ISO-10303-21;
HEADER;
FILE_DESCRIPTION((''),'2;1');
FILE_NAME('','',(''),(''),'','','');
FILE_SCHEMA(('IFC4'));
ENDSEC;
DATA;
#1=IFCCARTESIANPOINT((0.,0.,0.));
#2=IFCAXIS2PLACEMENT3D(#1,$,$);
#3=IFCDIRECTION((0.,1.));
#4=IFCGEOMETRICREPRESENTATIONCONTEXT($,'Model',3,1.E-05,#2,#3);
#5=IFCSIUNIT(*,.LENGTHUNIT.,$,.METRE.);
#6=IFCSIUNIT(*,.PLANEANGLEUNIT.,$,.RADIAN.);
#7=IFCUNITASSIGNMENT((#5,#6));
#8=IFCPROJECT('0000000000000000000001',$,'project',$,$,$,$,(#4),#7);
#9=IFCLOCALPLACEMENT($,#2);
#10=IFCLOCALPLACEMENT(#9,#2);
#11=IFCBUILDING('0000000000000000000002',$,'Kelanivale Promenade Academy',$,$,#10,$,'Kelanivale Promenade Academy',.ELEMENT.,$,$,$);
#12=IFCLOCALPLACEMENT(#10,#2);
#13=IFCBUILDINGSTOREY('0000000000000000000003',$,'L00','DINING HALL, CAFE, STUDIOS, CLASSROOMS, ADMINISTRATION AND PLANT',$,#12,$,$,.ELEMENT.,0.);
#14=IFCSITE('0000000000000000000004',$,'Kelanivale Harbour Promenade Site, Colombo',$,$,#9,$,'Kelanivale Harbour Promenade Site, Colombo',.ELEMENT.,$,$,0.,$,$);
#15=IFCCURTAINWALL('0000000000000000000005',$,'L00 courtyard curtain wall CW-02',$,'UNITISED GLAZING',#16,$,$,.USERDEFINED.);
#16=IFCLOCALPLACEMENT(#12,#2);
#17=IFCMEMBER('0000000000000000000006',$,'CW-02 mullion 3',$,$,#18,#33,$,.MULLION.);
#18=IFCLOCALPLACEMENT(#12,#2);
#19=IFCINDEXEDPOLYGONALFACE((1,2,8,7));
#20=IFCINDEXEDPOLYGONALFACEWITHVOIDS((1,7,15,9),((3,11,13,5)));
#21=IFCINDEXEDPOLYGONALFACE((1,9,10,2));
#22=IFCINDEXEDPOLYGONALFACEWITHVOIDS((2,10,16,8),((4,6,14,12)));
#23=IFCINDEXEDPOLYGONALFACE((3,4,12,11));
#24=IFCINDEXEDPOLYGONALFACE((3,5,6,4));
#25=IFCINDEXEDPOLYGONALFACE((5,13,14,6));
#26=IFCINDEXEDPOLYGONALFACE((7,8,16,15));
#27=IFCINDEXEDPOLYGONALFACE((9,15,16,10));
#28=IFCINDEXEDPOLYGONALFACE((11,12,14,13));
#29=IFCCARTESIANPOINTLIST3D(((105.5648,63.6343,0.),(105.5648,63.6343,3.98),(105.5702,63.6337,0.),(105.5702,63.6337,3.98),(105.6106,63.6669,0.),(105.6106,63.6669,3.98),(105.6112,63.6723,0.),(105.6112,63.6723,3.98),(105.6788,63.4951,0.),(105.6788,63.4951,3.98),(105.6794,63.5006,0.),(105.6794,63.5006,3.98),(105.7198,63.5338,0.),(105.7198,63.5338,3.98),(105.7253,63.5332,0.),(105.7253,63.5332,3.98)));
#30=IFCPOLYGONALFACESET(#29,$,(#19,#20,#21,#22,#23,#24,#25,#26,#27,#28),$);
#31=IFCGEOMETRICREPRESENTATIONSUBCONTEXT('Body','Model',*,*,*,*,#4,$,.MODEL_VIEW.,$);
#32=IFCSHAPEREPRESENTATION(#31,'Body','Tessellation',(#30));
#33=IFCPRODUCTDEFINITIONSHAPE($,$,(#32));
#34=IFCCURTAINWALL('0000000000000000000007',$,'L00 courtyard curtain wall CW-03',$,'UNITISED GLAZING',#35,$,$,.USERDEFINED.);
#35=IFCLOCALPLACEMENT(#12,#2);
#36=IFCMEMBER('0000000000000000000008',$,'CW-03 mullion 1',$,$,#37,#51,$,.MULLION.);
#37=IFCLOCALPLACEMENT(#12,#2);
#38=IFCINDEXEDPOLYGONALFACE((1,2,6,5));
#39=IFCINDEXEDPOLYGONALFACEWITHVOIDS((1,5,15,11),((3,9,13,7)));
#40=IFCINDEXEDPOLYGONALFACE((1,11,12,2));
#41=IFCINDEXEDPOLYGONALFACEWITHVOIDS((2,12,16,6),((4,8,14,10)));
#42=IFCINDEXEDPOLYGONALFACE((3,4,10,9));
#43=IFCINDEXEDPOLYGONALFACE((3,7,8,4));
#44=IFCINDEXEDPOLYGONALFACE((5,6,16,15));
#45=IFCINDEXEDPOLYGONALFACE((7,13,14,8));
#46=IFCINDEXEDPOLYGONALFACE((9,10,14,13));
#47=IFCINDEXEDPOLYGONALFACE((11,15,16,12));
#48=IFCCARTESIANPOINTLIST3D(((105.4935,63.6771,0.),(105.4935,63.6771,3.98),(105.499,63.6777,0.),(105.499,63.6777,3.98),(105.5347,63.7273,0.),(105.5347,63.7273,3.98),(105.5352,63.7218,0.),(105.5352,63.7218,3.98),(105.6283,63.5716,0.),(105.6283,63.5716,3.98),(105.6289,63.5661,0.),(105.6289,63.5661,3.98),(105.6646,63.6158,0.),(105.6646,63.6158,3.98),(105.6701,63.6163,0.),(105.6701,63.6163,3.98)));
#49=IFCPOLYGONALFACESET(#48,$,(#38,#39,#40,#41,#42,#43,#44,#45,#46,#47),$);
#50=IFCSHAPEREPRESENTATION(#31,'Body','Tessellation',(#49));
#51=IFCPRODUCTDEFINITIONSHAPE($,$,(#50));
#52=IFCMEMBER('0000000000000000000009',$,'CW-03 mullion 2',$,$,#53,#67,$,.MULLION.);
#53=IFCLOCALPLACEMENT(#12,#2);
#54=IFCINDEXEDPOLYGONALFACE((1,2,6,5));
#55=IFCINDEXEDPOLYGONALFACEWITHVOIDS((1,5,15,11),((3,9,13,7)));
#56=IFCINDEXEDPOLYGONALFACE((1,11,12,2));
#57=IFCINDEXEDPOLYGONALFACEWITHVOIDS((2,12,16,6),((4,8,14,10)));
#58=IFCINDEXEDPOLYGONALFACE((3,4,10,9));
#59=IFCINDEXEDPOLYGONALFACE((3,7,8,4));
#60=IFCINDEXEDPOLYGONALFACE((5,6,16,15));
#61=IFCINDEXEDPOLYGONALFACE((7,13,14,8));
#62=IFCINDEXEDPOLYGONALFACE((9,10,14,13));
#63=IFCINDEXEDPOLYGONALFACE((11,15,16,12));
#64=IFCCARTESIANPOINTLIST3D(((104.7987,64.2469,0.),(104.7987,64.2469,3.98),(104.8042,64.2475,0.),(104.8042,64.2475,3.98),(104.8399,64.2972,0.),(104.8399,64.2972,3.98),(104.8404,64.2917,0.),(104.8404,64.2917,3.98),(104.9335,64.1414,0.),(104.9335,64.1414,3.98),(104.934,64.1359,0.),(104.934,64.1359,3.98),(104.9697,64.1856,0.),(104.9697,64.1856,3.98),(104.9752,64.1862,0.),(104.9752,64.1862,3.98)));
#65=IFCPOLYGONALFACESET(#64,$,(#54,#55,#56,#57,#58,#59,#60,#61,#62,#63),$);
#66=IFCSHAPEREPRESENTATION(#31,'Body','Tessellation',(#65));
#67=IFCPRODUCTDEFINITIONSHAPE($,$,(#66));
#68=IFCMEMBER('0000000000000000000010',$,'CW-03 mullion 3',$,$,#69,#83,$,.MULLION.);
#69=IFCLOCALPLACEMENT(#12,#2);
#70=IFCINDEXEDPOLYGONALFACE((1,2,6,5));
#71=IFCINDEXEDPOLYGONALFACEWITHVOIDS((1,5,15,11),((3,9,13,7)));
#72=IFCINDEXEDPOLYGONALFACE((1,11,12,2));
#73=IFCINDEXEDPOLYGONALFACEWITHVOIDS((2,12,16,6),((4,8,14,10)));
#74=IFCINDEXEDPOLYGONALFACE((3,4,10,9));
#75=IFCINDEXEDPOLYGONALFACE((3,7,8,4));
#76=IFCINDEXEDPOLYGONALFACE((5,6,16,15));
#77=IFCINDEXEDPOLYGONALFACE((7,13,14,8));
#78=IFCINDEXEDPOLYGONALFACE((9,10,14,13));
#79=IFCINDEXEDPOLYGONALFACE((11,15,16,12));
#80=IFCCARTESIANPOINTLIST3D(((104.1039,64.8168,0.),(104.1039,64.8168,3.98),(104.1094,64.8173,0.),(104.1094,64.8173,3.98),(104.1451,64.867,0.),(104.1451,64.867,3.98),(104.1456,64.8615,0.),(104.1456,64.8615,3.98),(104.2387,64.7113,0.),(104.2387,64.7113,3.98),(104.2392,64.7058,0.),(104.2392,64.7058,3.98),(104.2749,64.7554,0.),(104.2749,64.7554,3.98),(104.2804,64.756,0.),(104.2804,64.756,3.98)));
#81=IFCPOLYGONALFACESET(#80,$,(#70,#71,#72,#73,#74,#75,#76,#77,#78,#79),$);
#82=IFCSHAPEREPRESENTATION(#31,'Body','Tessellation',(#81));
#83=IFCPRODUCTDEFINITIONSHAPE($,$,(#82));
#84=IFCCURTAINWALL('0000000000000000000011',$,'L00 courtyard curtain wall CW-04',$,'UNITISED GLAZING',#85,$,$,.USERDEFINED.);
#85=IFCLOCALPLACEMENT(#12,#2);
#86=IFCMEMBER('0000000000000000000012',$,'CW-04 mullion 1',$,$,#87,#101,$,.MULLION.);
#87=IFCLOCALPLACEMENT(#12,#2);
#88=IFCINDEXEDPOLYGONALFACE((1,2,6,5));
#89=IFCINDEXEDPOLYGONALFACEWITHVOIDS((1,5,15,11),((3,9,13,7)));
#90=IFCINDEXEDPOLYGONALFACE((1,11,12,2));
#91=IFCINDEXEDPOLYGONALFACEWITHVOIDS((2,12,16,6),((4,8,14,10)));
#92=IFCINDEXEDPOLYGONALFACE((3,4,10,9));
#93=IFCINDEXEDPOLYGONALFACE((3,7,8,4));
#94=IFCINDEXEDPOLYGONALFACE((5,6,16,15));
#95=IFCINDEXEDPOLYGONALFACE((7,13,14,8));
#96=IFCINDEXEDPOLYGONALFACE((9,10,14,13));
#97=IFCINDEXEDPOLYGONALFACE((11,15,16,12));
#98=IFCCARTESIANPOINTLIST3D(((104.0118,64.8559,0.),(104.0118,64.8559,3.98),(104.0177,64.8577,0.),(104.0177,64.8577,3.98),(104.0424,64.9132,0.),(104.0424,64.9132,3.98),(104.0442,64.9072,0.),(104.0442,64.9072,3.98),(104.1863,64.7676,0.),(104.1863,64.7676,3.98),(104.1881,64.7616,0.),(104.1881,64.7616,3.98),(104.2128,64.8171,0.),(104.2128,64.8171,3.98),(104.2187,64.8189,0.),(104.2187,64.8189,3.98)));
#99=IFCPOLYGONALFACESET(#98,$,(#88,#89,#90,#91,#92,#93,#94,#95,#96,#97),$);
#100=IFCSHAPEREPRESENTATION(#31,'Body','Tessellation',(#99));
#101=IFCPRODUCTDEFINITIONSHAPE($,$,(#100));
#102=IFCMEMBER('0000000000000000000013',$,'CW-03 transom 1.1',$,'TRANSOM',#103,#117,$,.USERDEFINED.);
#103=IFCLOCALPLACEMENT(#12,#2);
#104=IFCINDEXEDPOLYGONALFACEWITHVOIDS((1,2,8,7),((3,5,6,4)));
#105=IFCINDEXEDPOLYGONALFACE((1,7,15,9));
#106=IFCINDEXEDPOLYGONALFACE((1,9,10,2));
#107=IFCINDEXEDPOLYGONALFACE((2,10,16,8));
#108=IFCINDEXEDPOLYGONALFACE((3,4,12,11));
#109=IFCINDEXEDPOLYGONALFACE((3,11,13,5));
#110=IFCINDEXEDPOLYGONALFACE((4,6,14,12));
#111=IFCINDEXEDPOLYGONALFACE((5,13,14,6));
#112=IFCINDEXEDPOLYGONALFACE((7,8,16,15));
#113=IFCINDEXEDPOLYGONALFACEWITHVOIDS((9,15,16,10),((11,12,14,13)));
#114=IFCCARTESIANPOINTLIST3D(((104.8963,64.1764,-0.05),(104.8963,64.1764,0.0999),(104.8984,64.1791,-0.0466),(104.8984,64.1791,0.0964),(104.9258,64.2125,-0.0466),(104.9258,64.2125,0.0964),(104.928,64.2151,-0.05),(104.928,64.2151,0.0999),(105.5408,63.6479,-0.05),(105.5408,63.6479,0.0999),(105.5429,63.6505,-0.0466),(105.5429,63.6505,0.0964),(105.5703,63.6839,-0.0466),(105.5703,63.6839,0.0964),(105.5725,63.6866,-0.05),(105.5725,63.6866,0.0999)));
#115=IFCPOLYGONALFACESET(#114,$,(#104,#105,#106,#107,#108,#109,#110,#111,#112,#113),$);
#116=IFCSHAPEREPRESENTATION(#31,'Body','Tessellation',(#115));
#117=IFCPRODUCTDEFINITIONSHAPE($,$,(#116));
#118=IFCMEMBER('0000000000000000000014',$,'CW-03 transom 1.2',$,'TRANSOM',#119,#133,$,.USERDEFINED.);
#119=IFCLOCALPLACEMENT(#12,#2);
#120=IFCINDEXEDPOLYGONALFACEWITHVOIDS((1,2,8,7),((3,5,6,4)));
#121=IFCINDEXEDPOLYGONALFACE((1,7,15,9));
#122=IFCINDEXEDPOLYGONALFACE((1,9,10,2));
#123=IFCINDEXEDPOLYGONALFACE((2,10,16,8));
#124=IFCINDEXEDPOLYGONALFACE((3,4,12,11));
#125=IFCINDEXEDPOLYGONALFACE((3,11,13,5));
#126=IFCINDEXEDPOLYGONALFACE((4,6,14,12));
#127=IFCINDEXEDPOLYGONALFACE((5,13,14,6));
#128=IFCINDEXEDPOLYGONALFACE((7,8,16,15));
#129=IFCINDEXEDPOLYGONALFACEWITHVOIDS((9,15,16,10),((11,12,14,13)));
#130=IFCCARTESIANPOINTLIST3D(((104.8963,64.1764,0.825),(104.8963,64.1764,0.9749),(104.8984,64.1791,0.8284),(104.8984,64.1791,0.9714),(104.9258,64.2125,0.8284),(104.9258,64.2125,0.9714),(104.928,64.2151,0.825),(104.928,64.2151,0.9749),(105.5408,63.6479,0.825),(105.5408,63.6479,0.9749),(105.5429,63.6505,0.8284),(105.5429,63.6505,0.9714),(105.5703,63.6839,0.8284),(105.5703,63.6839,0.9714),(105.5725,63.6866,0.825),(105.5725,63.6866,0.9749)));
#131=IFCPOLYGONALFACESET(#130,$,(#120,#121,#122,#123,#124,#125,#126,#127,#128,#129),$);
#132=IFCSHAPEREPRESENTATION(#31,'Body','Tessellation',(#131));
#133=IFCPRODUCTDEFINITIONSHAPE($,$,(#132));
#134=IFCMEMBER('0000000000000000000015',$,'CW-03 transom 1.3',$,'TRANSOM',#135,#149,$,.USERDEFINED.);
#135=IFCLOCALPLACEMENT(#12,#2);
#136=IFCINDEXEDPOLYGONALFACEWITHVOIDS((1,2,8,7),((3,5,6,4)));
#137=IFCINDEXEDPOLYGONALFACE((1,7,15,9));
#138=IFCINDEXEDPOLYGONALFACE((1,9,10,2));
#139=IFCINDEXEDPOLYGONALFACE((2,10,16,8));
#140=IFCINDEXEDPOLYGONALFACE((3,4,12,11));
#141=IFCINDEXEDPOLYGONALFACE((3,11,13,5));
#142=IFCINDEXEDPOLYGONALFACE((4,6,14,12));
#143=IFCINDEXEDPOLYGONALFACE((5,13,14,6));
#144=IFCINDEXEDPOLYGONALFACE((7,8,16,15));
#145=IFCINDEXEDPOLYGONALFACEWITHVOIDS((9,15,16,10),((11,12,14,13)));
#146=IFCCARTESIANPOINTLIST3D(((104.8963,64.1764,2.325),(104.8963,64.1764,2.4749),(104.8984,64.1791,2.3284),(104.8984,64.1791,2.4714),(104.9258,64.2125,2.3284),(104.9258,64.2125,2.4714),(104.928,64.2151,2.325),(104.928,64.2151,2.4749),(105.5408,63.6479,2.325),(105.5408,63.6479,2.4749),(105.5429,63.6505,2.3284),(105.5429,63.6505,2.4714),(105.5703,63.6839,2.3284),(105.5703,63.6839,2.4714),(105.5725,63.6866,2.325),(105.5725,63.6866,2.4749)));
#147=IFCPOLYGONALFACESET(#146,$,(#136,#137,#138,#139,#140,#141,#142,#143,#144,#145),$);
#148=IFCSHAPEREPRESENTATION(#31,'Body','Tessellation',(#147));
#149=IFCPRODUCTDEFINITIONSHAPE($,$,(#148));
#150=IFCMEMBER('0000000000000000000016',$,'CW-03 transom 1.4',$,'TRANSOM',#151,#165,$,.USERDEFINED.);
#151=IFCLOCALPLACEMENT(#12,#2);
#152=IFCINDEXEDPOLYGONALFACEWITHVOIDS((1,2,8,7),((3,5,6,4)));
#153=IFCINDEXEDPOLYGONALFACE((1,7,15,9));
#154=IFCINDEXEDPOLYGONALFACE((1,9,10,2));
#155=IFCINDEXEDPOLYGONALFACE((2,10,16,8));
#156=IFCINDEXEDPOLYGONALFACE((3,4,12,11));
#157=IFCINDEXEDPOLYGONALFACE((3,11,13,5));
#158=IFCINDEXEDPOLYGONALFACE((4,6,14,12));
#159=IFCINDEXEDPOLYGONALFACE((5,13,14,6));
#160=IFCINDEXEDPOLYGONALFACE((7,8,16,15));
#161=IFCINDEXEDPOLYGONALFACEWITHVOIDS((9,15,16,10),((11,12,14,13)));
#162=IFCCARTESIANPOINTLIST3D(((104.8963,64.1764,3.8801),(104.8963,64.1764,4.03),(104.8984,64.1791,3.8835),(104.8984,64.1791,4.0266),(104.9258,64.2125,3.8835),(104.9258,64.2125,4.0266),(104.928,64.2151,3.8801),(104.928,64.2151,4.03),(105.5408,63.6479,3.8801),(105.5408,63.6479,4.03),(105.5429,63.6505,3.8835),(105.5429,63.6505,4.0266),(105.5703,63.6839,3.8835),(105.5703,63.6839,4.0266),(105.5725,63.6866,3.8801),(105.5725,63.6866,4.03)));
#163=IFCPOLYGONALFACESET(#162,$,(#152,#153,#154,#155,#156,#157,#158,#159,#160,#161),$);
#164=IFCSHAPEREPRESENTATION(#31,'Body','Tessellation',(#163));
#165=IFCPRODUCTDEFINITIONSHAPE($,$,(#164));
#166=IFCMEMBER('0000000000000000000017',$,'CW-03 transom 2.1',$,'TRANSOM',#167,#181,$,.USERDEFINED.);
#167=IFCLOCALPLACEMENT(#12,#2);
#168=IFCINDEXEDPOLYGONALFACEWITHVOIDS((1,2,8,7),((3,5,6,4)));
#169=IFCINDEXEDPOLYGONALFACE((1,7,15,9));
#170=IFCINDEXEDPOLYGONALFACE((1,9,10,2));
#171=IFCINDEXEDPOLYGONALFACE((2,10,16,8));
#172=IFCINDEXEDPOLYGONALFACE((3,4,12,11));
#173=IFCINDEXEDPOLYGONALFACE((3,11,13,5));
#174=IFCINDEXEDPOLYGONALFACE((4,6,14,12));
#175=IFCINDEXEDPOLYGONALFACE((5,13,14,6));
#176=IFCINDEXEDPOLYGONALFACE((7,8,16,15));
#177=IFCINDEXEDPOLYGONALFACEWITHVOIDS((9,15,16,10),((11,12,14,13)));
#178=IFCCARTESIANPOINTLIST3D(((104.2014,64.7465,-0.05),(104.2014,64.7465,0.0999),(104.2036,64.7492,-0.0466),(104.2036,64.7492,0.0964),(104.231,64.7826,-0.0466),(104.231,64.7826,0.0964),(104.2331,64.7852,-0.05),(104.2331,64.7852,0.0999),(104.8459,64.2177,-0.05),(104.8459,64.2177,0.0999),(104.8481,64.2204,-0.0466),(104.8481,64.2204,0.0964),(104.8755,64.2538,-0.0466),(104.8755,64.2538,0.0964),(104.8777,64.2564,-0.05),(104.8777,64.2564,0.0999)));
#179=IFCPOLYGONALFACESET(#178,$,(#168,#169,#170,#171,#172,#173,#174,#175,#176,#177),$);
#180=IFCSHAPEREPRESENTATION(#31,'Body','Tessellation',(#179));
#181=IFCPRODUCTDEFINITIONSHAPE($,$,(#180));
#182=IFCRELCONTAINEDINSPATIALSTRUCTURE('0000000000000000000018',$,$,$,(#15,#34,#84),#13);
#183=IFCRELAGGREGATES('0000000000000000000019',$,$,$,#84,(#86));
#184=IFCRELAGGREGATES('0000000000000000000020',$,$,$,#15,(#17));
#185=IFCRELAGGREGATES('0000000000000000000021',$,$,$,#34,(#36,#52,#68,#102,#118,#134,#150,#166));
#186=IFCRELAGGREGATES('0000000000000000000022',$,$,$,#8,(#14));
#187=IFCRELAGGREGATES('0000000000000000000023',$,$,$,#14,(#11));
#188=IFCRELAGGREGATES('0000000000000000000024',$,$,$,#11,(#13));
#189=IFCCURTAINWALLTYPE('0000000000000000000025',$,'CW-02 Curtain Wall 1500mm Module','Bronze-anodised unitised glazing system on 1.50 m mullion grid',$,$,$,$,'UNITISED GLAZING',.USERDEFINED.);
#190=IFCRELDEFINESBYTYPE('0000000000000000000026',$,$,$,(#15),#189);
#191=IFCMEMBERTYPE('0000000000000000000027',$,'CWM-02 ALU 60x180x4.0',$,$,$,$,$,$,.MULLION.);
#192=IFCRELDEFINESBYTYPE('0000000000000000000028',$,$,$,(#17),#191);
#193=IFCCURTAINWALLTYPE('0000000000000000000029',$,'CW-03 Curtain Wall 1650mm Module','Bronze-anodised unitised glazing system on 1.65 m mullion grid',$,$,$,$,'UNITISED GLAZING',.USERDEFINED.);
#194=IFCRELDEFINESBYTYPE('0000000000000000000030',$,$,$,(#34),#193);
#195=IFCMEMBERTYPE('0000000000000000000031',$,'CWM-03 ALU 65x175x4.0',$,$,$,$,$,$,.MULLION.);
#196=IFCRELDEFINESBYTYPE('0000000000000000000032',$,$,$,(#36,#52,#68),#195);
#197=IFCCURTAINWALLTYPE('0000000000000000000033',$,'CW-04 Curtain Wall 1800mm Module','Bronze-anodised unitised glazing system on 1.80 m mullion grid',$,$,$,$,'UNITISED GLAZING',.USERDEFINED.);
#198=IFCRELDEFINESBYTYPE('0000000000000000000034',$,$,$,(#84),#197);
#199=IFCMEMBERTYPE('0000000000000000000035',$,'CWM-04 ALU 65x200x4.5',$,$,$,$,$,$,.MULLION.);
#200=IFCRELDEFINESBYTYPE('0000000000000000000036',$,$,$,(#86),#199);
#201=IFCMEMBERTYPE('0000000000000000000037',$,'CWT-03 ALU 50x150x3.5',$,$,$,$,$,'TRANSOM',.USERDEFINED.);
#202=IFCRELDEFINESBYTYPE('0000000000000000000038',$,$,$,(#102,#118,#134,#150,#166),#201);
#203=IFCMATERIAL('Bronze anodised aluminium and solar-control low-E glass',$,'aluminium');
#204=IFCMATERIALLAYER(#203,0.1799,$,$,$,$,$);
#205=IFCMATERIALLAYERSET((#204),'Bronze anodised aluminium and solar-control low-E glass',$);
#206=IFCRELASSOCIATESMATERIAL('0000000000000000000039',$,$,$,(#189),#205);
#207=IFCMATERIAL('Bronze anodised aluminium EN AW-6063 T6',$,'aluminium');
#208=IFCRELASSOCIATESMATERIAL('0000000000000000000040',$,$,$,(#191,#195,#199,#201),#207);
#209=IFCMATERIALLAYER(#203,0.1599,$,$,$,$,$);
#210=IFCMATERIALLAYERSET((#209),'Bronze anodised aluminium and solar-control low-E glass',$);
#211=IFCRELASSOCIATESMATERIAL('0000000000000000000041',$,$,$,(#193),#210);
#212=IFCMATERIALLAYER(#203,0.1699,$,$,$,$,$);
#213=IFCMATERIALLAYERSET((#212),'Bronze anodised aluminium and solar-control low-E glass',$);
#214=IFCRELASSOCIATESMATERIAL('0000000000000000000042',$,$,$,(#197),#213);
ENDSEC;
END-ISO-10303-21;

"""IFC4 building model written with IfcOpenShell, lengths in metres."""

from ifc_helpers import new_model, si_unit, direction, frame, origin, origin_2d, place, context, subcontext, project, spatial, hollow_rectangle, extrude, material, layer, layer_set, material_profile, profile_set, type_object, element, aggregate, save


model = new_model("IFC4")

# Units and contexts
model_context = context("Model", 3, precision=1e-05, world=origin(), true_north=direction((0.0, 1.0)))
body_context = subcontext(model_context, "Body", "Model", "MODEL_VIEW")
ifc_project = project(units=[si_unit("LENGTHUNIT", "METRE"), si_unit("PLANEANGLEUNIT", "RADIAN")], contexts=[model_context])

# Site, building, storey
site_placement = place(None, origin())
site = spatial("IfcSite", under=ifc_project, at=site_placement, Name="Kelanivale Harbour Promenade Site, Colombo", LongName="Kelanivale Harbour Promenade Site, Colombo", CompositionType="ELEMENT", RefElevation=0.0)
building_placement = place(site_placement, origin())
building = spatial("IfcBuilding", under=site, at=building_placement, Name="Kelanivale Promenade Academy", LongName="Kelanivale Promenade Academy", CompositionType="ELEMENT")
storey_placement = place(building_placement, origin())
storey = spatial("IfcBuildingStorey", under=building, at=storey_placement, Name="L00", Description="DINING HALL, CAFE, STUDIOS, CLASSROOMS, ADMINISTRATION AND PLANT", CompositionType="ELEMENT", Elevation=0.0)

# Curtain wall, member
ifc_material_1 = material(Name="Bronze anodised aluminium and solar-control low-E glass", Category="aluminium")
ifc_layer_1 = layer(ifc_material_1, 0.1799)
ifc_layer_set_1 = layer_set([ifc_layer_1], Name="Bronze anodised aluminium and solar-control low-E glass")
curtain_wall_type_1 = type_object("IfcCurtainWallType", Name="CW-02 Curtain Wall 1500mm Module", Description="Bronze-anodised unitised glazing system on 1.50 m mullion grid", ElementType="UNITISED GLAZING", PredefinedType="USERDEFINED", material=ifc_layer_set_1)
curtain_wall_1_placement = place(storey_placement, origin())
curtain_wall_1 = element("IfcCurtainWall", 1, at=curtain_wall_1_placement, inside=storey, type_object=curtain_wall_type_1, Name="L00 courtyard curtain wall CW-02", ObjectType="UNITISED GLAZING", PredefinedType="USERDEFINED")
ifc_material_2 = material(Name="Bronze anodised aluminium EN AW-6063 T6", Category="aluminium")
ifc_material_profile_1 = material_profile(ifc_material_2, hollow_rectangle(XDim=0.0601, YDim=0.1799, WallThickness=0.0039, at=origin_2d()), Name="ALU 60x180x4.0")
ifc_profile_set_1 = profile_set([ifc_material_profile_1], Name="Bronze anodised aluminium EN AW-6063 T6")
member_type_1 = type_object("IfcMemberType", Name="CWM-02 ALU 60x180x4.0", PredefinedType="MULLION", material=ifc_profile_set_1)
member_1_placement = place(storey_placement, frame((105.645, 63.5837, 0.0), z_axis=(0.0, 0.0, 1.0), x_axis=(-0.773257, -0.634093, 0.0)))
member_1 = element("IfcMember", 2, at=member_1_placement, type_object=member_type_1, Name="CW-02 mullion 3", PredefinedType="MULLION", context=body_context, shape_type="SweptSolid", body=[
    extrude(hollow_rectangle(XDim=0.0601, YDim=0.1799, WallThickness=0.0039, at=origin_2d()), origin(), (0.0, 0.0, 1.0), 3.98),
])

# Curtain wall, members
ifc_layer_2 = layer(ifc_material_1, 0.1599)
ifc_layer_set_2 = layer_set([ifc_layer_2], Name="Bronze anodised aluminium and solar-control low-E glass")
curtain_wall_type_2 = type_object("IfcCurtainWallType", Name="CW-03 Curtain Wall 1650mm Module", Description="Bronze-anodised unitised glazing system on 1.65 m mullion grid", ElementType="UNITISED GLAZING", PredefinedType="USERDEFINED", material=ifc_layer_set_2)
curtain_wall_2_placement = place(storey_placement, origin())
curtain_wall_2 = element("IfcCurtainWall", 3, at=curtain_wall_2_placement, inside=storey, type_object=curtain_wall_type_2, Name="L00 courtyard curtain wall CW-03", ObjectType="UNITISED GLAZING", PredefinedType="USERDEFINED")
ifc_material_profile_2 = material_profile(ifc_material_2, hollow_rectangle(XDim=0.0649, YDim=0.175, WallThickness=0.0039, at=origin_2d()), Name="ALU 65x175x4.0")
ifc_profile_set_2 = profile_set([ifc_material_profile_2], Name="Bronze anodised aluminium EN AW-6063 T6")
member_type_2 = type_object("IfcMemberType", Name="CWM-03 ALU 65x175x4.0", PredefinedType="MULLION", material=ifc_profile_set_2)
member_2_placement = place(storey_placement, frame((105.5818, 63.6467, 0.0), z_axis=(0.0, 0.0, 1.0), x_axis=(-0.634144, -0.773215, 0.0)))
member_2 = element("IfcMember", 4, at=member_2_placement, type_object=member_type_2, Name="CW-03 mullion 1", PredefinedType="MULLION", context=body_context, shape_type="SweptSolid", body=[
    extrude(hollow_rectangle(XDim=0.0649, YDim=0.175, WallThickness=0.0039, at=origin_2d()), origin(), (0.0, 0.0, 1.0), 3.98),
])
member_3_placement = place(storey_placement, frame((104.887, 64.2166, 0.0), z_axis=(0.0, 0.0, 1.0), x_axis=(-0.634144, -0.773215, 0.0)))
member_3 = element("IfcMember", 5, at=member_3_placement, type_object=member_type_2, Name="CW-03 mullion 2", PredefinedType="MULLION", context=body_context, shape_type="SweptSolid", body=[
    extrude(hollow_rectangle(XDim=0.0649, YDim=0.175, WallThickness=0.0039, at=origin_2d()), origin(), (0.0, 0.0, 1.0), 3.98),
])
member_4_placement = place(storey_placement, frame((104.1921, 64.7864, 0.0), z_axis=(0.0, 0.0, 1.0), x_axis=(-0.634144, -0.773215, 0.0)))
member_4 = element("IfcMember", 6, at=member_4_placement, type_object=member_type_2, Name="CW-03 mullion 3", PredefinedType="MULLION", context=body_context, shape_type="SweptSolid", body=[
    extrude(hollow_rectangle(XDim=0.0649, YDim=0.175, WallThickness=0.0039, at=origin_2d()), origin(), (0.0, 0.0, 1.0), 3.98),
])

# Curtain wall, member
ifc_layer_3 = layer(ifc_material_1, 0.1699)
ifc_layer_set_3 = layer_set([ifc_layer_3], Name="Bronze anodised aluminium and solar-control low-E glass")
curtain_wall_type_3 = type_object("IfcCurtainWallType", Name="CW-04 Curtain Wall 1800mm Module", Description="Bronze-anodised unitised glazing system on 1.80 m mullion grid", ElementType="UNITISED GLAZING", PredefinedType="USERDEFINED", material=ifc_layer_set_3)
curtain_wall_3_placement = place(storey_placement, origin())
curtain_wall_3 = element("IfcCurtainWall", 7, at=curtain_wall_3_placement, inside=storey, type_object=curtain_wall_type_3, Name="L00 courtyard curtain wall CW-04", ObjectType="UNITISED GLAZING", PredefinedType="USERDEFINED")
ifc_material_profile_3 = material_profile(ifc_material_2, hollow_rectangle(XDim=0.0649, YDim=0.2, WallThickness=0.0044, at=origin_2d()), Name="ALU 65x200x4.5")
ifc_profile_set_3 = profile_set([ifc_material_profile_3], Name="Bronze anodised aluminium EN AW-6063 T6")
member_type_3 = type_object("IfcMemberType", Name="CWM-04 ALU 65x200x4.5", PredefinedType="MULLION", material=ifc_profile_set_3)
member_5_placement = place(storey_placement, frame((104.1152, 64.8374, 0.0), z_axis=(0.0, 0.0, 1.0), x_axis=(-0.47129, -0.881978, 0.0)))
member_5 = element("IfcMember", 8, at=member_5_placement, type_object=member_type_3, Name="CW-04 mullion 1", PredefinedType="MULLION", context=body_context, shape_type="SweptSolid", body=[
    extrude(hollow_rectangle(XDim=0.0649, YDim=0.2, WallThickness=0.0044, at=origin_2d()), origin(), (0.0, 0.0, 1.0), 3.98),
])
aggregate(curtain_wall_3, [member_5])

# Members
ifc_material_profile_4 = material_profile(ifc_material_2, hollow_rectangle(XDim=0.05, YDim=0.1499, WallThickness=0.0034, at=origin_2d()), Name="ALU 50x150x3.5")
ifc_profile_set_4 = profile_set([ifc_material_profile_4], Name="Bronze anodised aluminium EN AW-6063 T6")
member_type_4 = type_object("IfcMemberType", Name="CWT-03 ALU 50x150x3.5", ElementType="TRANSOM", PredefinedType="USERDEFINED", material=ifc_profile_set_4)
member_6_placement = place(storey_placement, frame((105.5566, 63.6672, 0.0249), z_axis=(-0.773239, 0.634115, 0.0), x_axis=(-0.634115, -0.773239, 0.0)))
member_6 = element("IfcMember", 9, at=member_6_placement, type_object=member_type_4, Name="CW-03 transom 1.1", ObjectType="TRANSOM", PredefinedType="USERDEFINED", context=body_context, shape_type="SweptSolid", body=[
    extrude(hollow_rectangle(XDim=0.05, YDim=0.1499, WallThickness=0.0034, at=origin_2d()), origin(), (0.0, 0.0, 1.0), 0.8335),
])
member_7_placement = place(storey_placement, frame((105.5566, 63.6672, 0.8999), z_axis=(-0.773239, 0.634115, 0.0), x_axis=(-0.634115, -0.773239, 0.0)))
member_7 = element("IfcMember", 10, at=member_7_placement, type_object=member_type_4, Name="CW-03 transom 1.2", ObjectType="TRANSOM", PredefinedType="USERDEFINED", context=body_context, shape_type="SweptSolid", body=[
    extrude(hollow_rectangle(XDim=0.05, YDim=0.1499, WallThickness=0.0034, at=origin_2d()), origin(), (0.0, 0.0, 1.0), 0.8335),
])
member_8_placement = place(storey_placement, frame((105.5566, 63.6672, 2.3999), z_axis=(-0.773239, 0.634115, 0.0), x_axis=(-0.634115, -0.773239, 0.0)))
member_8 = element("IfcMember", 11, at=member_8_placement, type_object=member_type_4, Name="CW-03 transom 1.3", ObjectType="TRANSOM", PredefinedType="USERDEFINED", context=body_context, shape_type="SweptSolid", body=[
    extrude(hollow_rectangle(XDim=0.05, YDim=0.1499, WallThickness=0.0034, at=origin_2d()), origin(), (0.0, 0.0, 1.0), 0.8335),
])
member_9_placement = place(storey_placement, frame((105.5566, 63.6672, 3.9551), z_axis=(-0.773239, 0.634115, 0.0), x_axis=(-0.634115, -0.773239, 0.0)))
member_9 = element("IfcMember", 12, at=member_9_placement, type_object=member_type_4, Name="CW-03 transom 1.4", ObjectType="TRANSOM", PredefinedType="USERDEFINED", context=body_context, shape_type="SweptSolid", body=[
    extrude(hollow_rectangle(XDim=0.05, YDim=0.1499, WallThickness=0.0034, at=origin_2d()), origin(), (0.0, 0.0, 1.0), 0.8335),
])
member_10_placement = place(storey_placement, frame((104.8618, 64.2371, 0.0249), z_axis=(-0.773095, 0.63429, 0.0), x_axis=(-0.63429, -0.773095, 0.0)))
member_10 = element("IfcMember", 13, at=member_10_placement, type_object=member_type_4, Name="CW-03 transom 2.1", ObjectType="TRANSOM", PredefinedType="USERDEFINED", context=body_context, shape_type="SweptSolid", body=[
    extrude(hollow_rectangle(XDim=0.05, YDim=0.1499, WallThickness=0.0034, at=origin_2d()), origin(), (0.0, 0.0, 1.0), 0.8337),
])

aggregate(curtain_wall_1, [member_1])
aggregate(curtain_wall_2, [member_2, member_3, member_4, member_6, member_7, member_8, member_9, member_10])

save(model, "model.ifc")
